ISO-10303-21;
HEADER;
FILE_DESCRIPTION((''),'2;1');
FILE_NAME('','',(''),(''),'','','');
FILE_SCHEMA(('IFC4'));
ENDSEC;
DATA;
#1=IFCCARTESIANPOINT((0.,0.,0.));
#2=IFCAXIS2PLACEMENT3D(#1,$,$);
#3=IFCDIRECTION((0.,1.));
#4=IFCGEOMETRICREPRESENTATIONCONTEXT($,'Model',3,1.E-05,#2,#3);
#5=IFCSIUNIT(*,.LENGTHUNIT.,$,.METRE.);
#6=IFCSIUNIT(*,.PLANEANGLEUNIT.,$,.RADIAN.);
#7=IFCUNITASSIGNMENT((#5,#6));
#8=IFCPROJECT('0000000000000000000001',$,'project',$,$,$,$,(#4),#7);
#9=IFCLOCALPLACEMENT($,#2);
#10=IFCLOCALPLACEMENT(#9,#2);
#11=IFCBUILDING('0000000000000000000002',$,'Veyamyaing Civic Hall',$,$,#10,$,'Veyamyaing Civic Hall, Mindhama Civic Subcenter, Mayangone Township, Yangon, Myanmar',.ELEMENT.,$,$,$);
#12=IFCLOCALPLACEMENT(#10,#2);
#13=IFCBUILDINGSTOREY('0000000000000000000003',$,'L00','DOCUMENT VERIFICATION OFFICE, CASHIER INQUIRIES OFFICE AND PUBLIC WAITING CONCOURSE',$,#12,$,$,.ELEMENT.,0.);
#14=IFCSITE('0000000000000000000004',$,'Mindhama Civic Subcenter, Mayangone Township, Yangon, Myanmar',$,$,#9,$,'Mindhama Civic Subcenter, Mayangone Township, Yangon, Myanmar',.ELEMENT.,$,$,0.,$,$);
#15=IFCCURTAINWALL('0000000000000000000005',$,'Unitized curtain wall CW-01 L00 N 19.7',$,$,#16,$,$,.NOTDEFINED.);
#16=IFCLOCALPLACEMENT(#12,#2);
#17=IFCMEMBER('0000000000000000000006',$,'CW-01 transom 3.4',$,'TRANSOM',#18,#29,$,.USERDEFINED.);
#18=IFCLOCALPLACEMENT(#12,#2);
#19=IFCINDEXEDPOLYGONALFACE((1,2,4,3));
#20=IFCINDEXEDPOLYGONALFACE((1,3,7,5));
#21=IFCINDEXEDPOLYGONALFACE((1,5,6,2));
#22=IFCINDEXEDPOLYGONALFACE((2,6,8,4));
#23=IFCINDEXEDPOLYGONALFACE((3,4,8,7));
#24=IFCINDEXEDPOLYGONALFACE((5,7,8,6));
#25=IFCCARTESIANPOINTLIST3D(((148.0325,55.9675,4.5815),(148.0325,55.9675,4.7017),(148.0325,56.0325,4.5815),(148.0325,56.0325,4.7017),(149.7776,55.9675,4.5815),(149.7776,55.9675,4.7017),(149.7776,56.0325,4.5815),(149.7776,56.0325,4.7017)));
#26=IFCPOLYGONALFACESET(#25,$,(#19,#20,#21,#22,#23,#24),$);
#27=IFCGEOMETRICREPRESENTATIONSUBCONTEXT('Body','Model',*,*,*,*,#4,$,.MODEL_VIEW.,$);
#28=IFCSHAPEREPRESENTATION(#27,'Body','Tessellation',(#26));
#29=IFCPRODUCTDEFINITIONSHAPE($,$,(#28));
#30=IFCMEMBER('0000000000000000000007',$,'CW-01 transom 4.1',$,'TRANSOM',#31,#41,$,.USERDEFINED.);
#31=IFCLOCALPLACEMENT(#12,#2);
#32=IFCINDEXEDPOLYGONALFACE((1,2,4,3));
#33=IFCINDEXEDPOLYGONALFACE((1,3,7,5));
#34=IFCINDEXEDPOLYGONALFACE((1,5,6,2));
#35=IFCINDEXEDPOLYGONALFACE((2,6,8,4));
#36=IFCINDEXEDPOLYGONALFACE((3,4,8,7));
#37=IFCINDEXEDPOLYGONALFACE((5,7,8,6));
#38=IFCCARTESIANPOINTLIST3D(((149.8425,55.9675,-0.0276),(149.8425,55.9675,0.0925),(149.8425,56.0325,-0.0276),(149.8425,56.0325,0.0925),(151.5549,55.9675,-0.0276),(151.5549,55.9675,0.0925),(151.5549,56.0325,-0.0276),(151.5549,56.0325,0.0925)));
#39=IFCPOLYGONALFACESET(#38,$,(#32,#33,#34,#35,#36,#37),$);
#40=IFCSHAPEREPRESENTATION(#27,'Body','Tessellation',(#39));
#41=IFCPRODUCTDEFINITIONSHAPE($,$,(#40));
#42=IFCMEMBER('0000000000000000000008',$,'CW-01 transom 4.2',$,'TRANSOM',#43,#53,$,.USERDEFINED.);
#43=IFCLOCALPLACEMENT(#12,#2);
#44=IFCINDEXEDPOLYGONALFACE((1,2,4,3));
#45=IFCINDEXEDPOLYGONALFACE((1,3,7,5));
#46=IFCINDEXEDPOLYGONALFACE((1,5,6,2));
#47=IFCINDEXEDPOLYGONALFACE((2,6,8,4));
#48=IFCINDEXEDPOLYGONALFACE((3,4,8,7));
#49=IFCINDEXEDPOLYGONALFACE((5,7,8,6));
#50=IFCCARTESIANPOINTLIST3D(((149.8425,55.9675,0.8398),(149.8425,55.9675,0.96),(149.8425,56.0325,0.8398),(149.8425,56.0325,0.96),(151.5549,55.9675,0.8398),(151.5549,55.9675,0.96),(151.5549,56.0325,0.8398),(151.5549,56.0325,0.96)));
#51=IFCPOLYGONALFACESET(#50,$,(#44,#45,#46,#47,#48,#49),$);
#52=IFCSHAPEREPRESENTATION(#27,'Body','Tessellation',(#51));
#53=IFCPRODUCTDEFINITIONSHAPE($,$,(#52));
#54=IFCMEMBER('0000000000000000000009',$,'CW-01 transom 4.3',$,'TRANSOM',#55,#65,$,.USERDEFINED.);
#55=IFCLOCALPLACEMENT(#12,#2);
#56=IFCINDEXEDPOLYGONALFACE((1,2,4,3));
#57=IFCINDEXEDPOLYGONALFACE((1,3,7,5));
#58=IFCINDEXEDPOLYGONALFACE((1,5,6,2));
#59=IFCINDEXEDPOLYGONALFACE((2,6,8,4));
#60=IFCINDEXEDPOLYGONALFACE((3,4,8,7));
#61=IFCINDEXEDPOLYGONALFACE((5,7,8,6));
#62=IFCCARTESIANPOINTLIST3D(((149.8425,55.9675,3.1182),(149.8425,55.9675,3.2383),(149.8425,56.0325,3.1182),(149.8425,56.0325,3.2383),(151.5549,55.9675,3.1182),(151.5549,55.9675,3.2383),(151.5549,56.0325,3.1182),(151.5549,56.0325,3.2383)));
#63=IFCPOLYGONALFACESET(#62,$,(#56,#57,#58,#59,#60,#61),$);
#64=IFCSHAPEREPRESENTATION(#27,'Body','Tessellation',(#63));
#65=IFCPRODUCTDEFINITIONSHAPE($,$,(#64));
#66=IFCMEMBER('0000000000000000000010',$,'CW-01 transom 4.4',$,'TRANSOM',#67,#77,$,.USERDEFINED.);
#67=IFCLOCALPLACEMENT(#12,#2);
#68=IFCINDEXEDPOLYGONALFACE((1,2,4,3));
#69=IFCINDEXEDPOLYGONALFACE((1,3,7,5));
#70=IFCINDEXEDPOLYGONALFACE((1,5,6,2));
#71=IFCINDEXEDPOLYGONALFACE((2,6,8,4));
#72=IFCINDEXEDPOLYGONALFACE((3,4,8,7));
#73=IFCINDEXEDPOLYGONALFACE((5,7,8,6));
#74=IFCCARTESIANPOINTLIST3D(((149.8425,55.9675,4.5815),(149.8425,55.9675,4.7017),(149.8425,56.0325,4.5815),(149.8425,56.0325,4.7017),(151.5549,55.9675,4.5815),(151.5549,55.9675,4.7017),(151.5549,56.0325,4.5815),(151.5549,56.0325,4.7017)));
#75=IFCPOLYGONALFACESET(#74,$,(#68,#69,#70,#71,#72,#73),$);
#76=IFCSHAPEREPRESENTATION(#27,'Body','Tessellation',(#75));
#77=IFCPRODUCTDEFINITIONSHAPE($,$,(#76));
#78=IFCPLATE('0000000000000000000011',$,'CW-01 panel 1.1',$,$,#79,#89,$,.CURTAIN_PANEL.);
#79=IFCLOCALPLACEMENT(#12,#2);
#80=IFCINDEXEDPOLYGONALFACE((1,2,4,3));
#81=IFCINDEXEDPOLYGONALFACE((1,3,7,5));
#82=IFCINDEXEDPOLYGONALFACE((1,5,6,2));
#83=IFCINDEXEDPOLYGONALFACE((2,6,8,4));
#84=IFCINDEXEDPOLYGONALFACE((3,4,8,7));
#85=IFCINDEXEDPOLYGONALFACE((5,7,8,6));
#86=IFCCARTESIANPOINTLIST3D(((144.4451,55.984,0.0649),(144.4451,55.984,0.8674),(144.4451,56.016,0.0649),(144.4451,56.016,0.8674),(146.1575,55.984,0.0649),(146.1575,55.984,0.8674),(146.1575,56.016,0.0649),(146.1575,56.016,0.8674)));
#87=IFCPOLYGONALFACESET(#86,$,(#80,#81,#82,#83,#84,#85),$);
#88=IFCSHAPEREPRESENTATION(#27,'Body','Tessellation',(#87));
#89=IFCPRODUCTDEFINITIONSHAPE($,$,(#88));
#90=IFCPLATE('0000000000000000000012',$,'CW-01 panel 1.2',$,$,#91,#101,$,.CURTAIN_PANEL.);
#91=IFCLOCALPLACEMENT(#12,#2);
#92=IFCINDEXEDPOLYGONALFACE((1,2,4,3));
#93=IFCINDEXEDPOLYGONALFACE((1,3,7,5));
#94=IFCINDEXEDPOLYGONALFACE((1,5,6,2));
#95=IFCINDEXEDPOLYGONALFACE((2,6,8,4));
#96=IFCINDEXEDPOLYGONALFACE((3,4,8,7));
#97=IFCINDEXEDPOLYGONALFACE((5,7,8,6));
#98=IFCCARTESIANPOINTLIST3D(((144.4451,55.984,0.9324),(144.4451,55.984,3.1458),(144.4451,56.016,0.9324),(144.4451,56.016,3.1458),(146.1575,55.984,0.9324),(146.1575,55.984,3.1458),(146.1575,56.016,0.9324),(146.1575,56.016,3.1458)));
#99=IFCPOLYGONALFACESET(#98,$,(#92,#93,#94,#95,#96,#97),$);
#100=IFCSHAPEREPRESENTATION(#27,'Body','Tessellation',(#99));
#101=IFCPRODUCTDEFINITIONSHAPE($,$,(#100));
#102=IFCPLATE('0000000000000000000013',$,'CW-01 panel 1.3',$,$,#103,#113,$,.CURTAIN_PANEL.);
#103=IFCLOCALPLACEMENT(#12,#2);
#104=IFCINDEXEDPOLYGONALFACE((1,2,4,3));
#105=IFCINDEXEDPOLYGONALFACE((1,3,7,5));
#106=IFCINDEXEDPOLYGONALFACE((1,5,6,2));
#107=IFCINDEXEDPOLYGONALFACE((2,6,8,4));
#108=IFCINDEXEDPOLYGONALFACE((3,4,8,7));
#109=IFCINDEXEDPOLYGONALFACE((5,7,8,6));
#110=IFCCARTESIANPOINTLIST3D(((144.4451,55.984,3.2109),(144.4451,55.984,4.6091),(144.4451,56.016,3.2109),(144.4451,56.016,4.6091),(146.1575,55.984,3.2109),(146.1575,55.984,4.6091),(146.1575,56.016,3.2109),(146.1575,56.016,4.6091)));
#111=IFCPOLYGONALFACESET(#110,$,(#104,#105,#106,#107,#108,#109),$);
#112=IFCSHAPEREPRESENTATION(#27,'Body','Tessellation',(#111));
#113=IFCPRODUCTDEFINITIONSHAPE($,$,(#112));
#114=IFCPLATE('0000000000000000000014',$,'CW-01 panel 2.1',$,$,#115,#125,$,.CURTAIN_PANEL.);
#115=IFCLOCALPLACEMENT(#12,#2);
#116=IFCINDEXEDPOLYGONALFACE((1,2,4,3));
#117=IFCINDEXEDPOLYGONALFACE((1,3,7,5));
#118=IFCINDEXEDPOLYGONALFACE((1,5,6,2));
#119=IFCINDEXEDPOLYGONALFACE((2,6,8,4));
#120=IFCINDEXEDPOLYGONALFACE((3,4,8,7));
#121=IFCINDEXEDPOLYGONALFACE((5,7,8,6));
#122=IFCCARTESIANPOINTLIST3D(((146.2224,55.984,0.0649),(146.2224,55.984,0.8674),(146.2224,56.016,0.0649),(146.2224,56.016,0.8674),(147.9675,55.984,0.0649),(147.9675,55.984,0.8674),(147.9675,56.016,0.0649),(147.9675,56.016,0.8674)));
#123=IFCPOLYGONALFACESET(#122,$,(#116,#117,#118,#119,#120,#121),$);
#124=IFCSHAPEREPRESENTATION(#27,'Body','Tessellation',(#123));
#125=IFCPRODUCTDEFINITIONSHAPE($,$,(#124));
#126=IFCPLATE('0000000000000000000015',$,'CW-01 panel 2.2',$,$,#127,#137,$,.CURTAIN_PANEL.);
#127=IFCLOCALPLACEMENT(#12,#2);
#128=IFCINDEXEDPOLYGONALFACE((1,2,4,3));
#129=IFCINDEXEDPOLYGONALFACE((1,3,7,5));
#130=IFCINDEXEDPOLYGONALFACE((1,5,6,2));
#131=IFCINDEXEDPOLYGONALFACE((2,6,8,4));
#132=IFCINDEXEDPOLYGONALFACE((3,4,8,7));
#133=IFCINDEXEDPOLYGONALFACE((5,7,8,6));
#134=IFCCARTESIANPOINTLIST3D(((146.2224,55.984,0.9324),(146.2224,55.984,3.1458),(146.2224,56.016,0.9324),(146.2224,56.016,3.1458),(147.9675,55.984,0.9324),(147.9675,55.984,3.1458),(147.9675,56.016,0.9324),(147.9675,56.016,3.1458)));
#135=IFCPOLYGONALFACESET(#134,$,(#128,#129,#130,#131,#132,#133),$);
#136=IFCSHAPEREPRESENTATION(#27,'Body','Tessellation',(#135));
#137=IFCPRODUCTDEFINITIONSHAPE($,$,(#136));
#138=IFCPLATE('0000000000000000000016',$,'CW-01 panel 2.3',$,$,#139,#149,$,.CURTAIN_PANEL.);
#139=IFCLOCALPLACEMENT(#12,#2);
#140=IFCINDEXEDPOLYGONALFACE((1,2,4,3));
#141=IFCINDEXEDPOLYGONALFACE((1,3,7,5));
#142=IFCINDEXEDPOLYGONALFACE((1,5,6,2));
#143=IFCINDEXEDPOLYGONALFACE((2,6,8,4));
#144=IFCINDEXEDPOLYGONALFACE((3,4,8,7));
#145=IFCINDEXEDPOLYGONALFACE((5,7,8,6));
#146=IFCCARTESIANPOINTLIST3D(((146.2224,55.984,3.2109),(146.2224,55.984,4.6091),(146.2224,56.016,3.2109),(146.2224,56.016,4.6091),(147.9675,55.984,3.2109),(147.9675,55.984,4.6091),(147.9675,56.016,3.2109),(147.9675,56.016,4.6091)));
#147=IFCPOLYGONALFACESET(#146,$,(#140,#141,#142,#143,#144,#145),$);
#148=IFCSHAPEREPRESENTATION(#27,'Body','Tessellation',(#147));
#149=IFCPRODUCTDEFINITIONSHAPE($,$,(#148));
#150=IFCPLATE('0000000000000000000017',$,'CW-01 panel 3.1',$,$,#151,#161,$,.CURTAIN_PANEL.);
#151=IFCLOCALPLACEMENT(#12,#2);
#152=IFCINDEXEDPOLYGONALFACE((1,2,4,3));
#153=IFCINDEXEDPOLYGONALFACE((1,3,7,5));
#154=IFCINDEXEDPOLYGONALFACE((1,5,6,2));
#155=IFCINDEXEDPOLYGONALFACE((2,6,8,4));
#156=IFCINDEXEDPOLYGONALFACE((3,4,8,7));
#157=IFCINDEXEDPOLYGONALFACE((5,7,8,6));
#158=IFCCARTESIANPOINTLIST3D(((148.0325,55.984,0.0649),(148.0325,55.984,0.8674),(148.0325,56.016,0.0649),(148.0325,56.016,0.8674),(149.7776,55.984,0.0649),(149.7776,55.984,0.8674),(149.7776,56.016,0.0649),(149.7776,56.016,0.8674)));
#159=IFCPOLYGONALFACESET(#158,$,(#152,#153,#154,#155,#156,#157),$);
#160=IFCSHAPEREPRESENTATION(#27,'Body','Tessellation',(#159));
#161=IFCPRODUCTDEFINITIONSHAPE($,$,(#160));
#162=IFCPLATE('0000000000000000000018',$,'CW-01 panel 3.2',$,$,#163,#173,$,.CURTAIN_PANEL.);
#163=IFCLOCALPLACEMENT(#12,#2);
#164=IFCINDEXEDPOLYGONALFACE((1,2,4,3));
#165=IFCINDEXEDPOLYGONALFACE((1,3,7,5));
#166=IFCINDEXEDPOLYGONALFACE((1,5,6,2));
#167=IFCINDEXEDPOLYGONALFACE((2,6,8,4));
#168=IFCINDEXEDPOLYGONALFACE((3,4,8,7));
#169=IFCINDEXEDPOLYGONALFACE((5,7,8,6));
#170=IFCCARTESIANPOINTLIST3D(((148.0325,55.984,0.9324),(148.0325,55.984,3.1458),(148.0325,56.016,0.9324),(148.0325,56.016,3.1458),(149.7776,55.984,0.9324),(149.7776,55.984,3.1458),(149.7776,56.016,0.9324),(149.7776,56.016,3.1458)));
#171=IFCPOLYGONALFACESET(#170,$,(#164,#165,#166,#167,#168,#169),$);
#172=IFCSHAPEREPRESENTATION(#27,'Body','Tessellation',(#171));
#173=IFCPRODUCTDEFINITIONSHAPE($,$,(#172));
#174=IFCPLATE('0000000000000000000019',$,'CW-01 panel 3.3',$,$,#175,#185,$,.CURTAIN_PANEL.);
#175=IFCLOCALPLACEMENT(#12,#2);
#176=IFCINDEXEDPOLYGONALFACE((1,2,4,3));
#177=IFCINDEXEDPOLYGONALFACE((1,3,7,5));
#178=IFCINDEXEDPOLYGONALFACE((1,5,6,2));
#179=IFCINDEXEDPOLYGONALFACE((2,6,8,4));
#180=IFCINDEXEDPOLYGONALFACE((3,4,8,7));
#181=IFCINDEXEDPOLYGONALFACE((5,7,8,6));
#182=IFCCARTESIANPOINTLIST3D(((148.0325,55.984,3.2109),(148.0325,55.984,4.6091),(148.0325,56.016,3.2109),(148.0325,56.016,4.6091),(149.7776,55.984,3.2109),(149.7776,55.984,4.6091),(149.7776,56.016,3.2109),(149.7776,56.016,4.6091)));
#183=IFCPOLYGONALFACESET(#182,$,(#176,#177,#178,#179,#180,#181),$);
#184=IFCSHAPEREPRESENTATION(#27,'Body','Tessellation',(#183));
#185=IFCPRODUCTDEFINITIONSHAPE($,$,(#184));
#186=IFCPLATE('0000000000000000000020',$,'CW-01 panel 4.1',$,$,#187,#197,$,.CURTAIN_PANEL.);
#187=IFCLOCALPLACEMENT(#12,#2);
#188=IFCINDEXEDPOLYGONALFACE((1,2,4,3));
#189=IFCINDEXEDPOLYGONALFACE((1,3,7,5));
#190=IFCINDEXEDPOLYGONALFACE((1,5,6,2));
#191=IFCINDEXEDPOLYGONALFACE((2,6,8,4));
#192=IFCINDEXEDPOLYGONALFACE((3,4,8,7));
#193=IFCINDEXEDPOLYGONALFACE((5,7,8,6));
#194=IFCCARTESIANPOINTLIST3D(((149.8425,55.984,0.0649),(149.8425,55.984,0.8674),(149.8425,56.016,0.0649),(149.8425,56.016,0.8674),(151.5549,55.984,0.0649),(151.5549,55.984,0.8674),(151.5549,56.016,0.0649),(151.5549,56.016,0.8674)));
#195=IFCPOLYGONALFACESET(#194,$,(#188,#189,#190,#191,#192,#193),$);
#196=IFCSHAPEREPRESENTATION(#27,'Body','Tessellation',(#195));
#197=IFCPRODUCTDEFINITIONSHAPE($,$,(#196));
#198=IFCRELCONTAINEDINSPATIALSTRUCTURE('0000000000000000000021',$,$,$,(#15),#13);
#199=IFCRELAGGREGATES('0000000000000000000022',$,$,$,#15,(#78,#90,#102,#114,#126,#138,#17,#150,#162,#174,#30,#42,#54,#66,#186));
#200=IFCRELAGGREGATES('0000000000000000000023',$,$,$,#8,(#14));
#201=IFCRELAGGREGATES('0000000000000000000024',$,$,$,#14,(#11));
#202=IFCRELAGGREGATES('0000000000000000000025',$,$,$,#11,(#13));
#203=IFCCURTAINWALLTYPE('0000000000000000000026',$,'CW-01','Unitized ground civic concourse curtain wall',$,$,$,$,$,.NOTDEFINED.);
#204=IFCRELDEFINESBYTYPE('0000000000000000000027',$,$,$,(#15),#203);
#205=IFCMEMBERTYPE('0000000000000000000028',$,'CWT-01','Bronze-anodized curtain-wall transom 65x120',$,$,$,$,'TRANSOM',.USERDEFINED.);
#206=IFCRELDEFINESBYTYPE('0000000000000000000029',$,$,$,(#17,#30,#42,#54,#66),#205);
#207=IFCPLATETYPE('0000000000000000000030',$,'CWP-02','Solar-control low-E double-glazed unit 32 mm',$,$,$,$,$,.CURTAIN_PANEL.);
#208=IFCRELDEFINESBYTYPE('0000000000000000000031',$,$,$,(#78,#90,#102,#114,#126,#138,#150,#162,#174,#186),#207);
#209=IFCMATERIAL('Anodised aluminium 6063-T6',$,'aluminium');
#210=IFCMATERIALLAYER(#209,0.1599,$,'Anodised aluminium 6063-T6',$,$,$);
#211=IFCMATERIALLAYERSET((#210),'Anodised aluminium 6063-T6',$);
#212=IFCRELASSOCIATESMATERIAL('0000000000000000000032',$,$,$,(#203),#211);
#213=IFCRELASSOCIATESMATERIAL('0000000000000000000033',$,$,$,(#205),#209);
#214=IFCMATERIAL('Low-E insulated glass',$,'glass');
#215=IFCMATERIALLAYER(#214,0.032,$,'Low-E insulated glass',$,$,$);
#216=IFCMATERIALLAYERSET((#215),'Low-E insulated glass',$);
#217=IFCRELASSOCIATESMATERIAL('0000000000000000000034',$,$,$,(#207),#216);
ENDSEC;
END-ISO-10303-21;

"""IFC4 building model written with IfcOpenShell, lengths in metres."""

from ifc_helpers import new_model, si_unit, direction, frame, origin, origin_2d, place, context, subcontext, project, spatial, rectangle, extrude, material, layer, layer_set, material_profile, profile_set, type_object, element, aggregate, save


model = new_model("IFC4")

# Units and contexts
model_context = context("Model", 3, precision=1e-05, world=origin(), true_north=direction((0.0, 1.0)))
body_context = subcontext(model_context, "Body", "Model", "MODEL_VIEW")
ifc_project = project(units=[si_unit("LENGTHUNIT", "METRE"), si_unit("PLANEANGLEUNIT", "RADIAN")], contexts=[model_context])

# Site, building, storey
site_placement = place(None, origin())
site = spatial("IfcSite", under=ifc_project, at=site_placement, Name="Mindhama Civic Subcenter, Mayangone Township, Yangon, Myanmar", LongName="Mindhama Civic Subcenter, Mayangone Township, Yangon, Myanmar", CompositionType="ELEMENT", RefElevation=0.0)
building_placement = place(site_placement, origin())
building = spatial("IfcBuilding", under=site, at=building_placement, Name="Veyamyaing Civic Hall", LongName="Veyamyaing Civic Hall, Mindhama Civic Subcenter, Mayangone Township, Yangon, Myanmar", CompositionType="ELEMENT")
storey_placement = place(building_placement, origin())
storey = spatial("IfcBuildingStorey", under=building, at=storey_placement, Name="L00", Description="DOCUMENT VERIFICATION OFFICE, CASHIER INQUIRIES OFFICE AND PUBLIC WAITING CONCOURSE", CompositionType="ELEMENT", Elevation=0.0)

# Curtain wall, members, plates
ifc_material_1 = material(Name="Anodised aluminium 6063-T6", Category="aluminium")
ifc_layer_1 = layer(ifc_material_1, 0.1599, Name="Anodised aluminium 6063-T6")
ifc_layer_set_1 = layer_set([ifc_layer_1], Name="Anodised aluminium 6063-T6")
curtain_wall_type = type_object("IfcCurtainWallType", Name="CW-01", Description="Unitized ground civic concourse curtain wall", PredefinedType="NOTDEFINED", material=ifc_layer_set_1)
curtain_wall_placement = place(storey_placement, origin())
curtain_wall = element("IfcCurtainWall", 1, at=curtain_wall_placement, inside=storey, type_object=curtain_wall_type, Name="Unitized curtain wall CW-01 L00 N 19.7", PredefinedType="NOTDEFINED")
ifc_material_profile_1 = material_profile(ifc_material_1, rectangle(XDim=0.0649, YDim=0.1201, at=origin_2d()), Name="ALU-TRN-65X120")
ifc_profile_set_1 = profile_set([ifc_material_profile_1], Name="Anodised aluminium 6063-T6")
member_type_1 = type_object("IfcMemberType", Name="CWT-01", Description="Bronze-anodized curtain-wall transom 65x120", ElementType="TRANSOM", PredefinedType="USERDEFINED", material=ifc_profile_set_1)
member_1_placement = place(storey_placement, frame((148.0325, 56.0, 4.6416), z_axis=(1.0, 0.0, 0.0), x_axis=(0.0, 1.0, 0.0)))
member_1 = element("IfcMember", 2, at=member_1_placement, type_object=member_type_1, Name="CW-01 transom 3.4", ObjectType="TRANSOM", PredefinedType="USERDEFINED", context=body_context, shape_type="SweptSolid", body=[
    extrude(rectangle(XDim=0.0649, YDim=0.1201, at=origin_2d()), origin(), (0.0, 0.0, 1.0), 1.7451),
])
member_2_placement = place(storey_placement, frame((149.8425, 56.0, 0.0325), z_axis=(1.0, 0.0, 0.0), x_axis=(0.0, 1.0, 0.0)))
member_2 = element("IfcMember", 3, at=member_2_placement, type_object=member_type_1, Name="CW-01 transom 4.1", ObjectType="TRANSOM", PredefinedType="USERDEFINED", context=body_context, shape_type="SweptSolid", body=[
    extrude(rectangle(XDim=0.0649, YDim=0.1201, at=origin_2d()), origin(), (0.0, 0.0, 1.0), 1.7124),
])
member_3_placement = place(storey_placement, frame((149.8425, 56.0, 0.8999), z_axis=(1.0, 0.0, 0.0), x_axis=(0.0, 1.0, 0.0)))
member_3 = element("IfcMember", 4, at=member_3_placement, type_object=member_type_1, Name="CW-01 transom 4.2", ObjectType="TRANSOM", PredefinedType="USERDEFINED", context=body_context, shape_type="SweptSolid", body=[
    extrude(rectangle(XDim=0.0649, YDim=0.1201, at=origin_2d()), origin(), (0.0, 0.0, 1.0), 1.7124),
])
member_4_placement = place(storey_placement, frame((149.8425, 56.0, 3.1782), z_axis=(1.0, 0.0, 0.0), x_axis=(0.0, 1.0, 0.0)))
member_4 = element("IfcMember", 5, at=member_4_placement, type_object=member_type_1, Name="CW-01 transom 4.3", ObjectType="TRANSOM", PredefinedType="USERDEFINED", context=body_context, shape_type="SweptSolid", body=[
    extrude(rectangle(XDim=0.0649, YDim=0.1201, at=origin_2d()), origin(), (0.0, 0.0, 1.0), 1.7124),
])
member_5_placement = place(storey_placement, frame((149.8425, 56.0, 4.6416), z_axis=(1.0, 0.0, 0.0), x_axis=(0.0, 1.0, 0.0)))
member_5 = element("IfcMember", 6, at=member_5_placement, type_object=member_type_1, Name="CW-01 transom 4.4", ObjectType="TRANSOM", PredefinedType="USERDEFINED", context=body_context, shape_type="SweptSolid", body=[
    extrude(rectangle(XDim=0.0649, YDim=0.1201, at=origin_2d()), origin(), (0.0, 0.0, 1.0), 1.7124),
])
ifc_material_2 = material(Name="Low-E insulated glass", Category="glass")
ifc_layer_2 = layer(ifc_material_2, 0.032, Name="Low-E insulated glass")
ifc_layer_set_2 = layer_set([ifc_layer_2], Name="Low-E insulated glass")
plate_type = type_object("IfcPlateType", Name="CWP-02", Description="Solar-control low-E double-glazed unit 32 mm", PredefinedType="CURTAIN_PANEL", material=ifc_layer_set_2)
plate_1_placement = place(storey_placement, frame((145.3013, 56.0, 0.0649), z_axis=(0.0, 0.0, 1.0), x_axis=(1.0, 0.0, 0.0)))
plate_1 = element("IfcPlate", 7, at=plate_1_placement, type_object=plate_type, Name="CW-01 panel 1.1", PredefinedType="CURTAIN_PANEL", context=body_context, shape_type="SweptSolid", body=[
    extrude(rectangle(XDim=1.7124, YDim=0.032, at=origin_2d()), origin(), (0.0, 0.0, 1.0), 0.8025),
])
plate_2_placement = place(storey_placement, frame((145.3013, 56.0, 0.9324), z_axis=(0.0, 0.0, 1.0), x_axis=(1.0, 0.0, 0.0)))
plate_2 = element("IfcPlate", 8, at=plate_2_placement, type_object=plate_type, Name="CW-01 panel 1.2", PredefinedType="CURTAIN_PANEL", context=body_context, shape_type="SweptSolid", body=[
    extrude(rectangle(XDim=1.7124, YDim=0.032, at=origin_2d()), origin(), (0.0, 0.0, 1.0), 2.2134),
])
plate_3_placement = place(storey_placement, frame((145.3013, 56.0, 3.2109), z_axis=(0.0, 0.0, 1.0), x_axis=(1.0, 0.0, 0.0)))
plate_3 = element("IfcPlate", 9, at=plate_3_placement, type_object=plate_type, Name="CW-01 panel 1.3", PredefinedType="CURTAIN_PANEL", context=body_context, shape_type="SweptSolid", body=[
    extrude(rectangle(XDim=1.7124, YDim=0.032, at=origin_2d()), origin(), (0.0, 0.0, 1.0), 1.3982),
])
plate_4_placement = place(storey_placement, frame((147.095, 56.0, 0.0649), z_axis=(0.0, 0.0, 1.0), x_axis=(1.0, 0.0, 0.0)))
plate_4 = element("IfcPlate", 10, at=plate_4_placement, type_object=plate_type, Name="CW-01 panel 2.1", PredefinedType="CURTAIN_PANEL", context=body_context, shape_type="SweptSolid", body=[
    extrude(rectangle(XDim=1.7451, YDim=0.032, at=origin_2d()), origin(), (0.0, 0.0, 1.0), 0.8025),
])
plate_5_placement = place(storey_placement, frame((147.095, 56.0, 0.9324), z_axis=(0.0, 0.0, 1.0), x_axis=(1.0, 0.0, 0.0)))
plate_5 = element("IfcPlate", 11, at=plate_5_placement, type_object=plate_type, Name="CW-01 panel 2.2", PredefinedType="CURTAIN_PANEL", context=body_context, shape_type="SweptSolid", body=[
    extrude(rectangle(XDim=1.7451, YDim=0.032, at=origin_2d()), origin(), (0.0, 0.0, 1.0), 2.2134),
])
plate_6_placement = place(storey_placement, frame((147.095, 56.0, 3.2109), z_axis=(0.0, 0.0, 1.0), x_axis=(1.0, 0.0, 0.0)))
plate_6 = element("IfcPlate", 12, at=plate_6_placement, type_object=plate_type, Name="CW-01 panel 2.3", PredefinedType="CURTAIN_PANEL", context=body_context, shape_type="SweptSolid", body=[
    extrude(rectangle(XDim=1.7451, YDim=0.032, at=origin_2d()), origin(), (0.0, 0.0, 1.0), 1.3982),
])
plate_7_placement = place(storey_placement, frame((148.905, 56.0, 0.0649), z_axis=(0.0, 0.0, 1.0), x_axis=(1.0, 0.0, 0.0)))
plate_7 = element("IfcPlate", 13, at=plate_7_placement, type_object=plate_type, Name="CW-01 panel 3.1", PredefinedType="CURTAIN_PANEL", context=body_context, shape_type="SweptSolid", body=[
    extrude(rectangle(XDim=1.7451, YDim=0.032, at=origin_2d()), origin(), (0.0, 0.0, 1.0), 0.8025),
])
plate_8_placement = place(storey_placement, frame((148.905, 56.0, 0.9324), z_axis=(0.0, 0.0, 1.0), x_axis=(1.0, 0.0, 0.0)))
plate_8 = element("IfcPlate", 14, at=plate_8_placement, type_object=plate_type, Name="CW-01 panel 3.2", PredefinedType="CURTAIN_PANEL", context=body_context, shape_type="SweptSolid", body=[
    extrude(rectangle(XDim=1.7451, YDim=0.032, at=origin_2d()), origin(), (0.0, 0.0, 1.0), 2.2134),
])
plate_9_placement = place(storey_placement, frame((148.905, 56.0, 3.2109), z_axis=(0.0, 0.0, 1.0), x_axis=(1.0, 0.0, 0.0)))
plate_9 = element("IfcPlate", 15, at=plate_9_placement, type_object=plate_type, Name="CW-01 panel 3.3", PredefinedType="CURTAIN_PANEL", context=body_context, shape_type="SweptSolid", body=[
    extrude(rectangle(XDim=1.7451, YDim=0.032, at=origin_2d()), origin(), (0.0, 0.0, 1.0), 1.3982),
])
plate_10_placement = place(storey_placement, frame((150.6987, 56.0, 0.0649), z_axis=(0.0, 0.0, 1.0), x_axis=(1.0, 0.0, 0.0)))
plate_10 = element("IfcPlate", 16, at=plate_10_placement, type_object=plate_type, Name="CW-01 panel 4.1", PredefinedType="CURTAIN_PANEL", context=body_context, shape_type="SweptSolid", body=[
    extrude(rectangle(XDim=1.7124, YDim=0.032, at=origin_2d()), origin(), (0.0, 0.0, 1.0), 0.8025),
])
aggregate(curtain_wall, [plate_1, plate_2, plate_3, plate_4, plate_5, plate_6, member_1, plate_7, plate_8, plate_9, member_2, member_3, member_4, member_5, plate_10])

save(model, "model.ifc")
